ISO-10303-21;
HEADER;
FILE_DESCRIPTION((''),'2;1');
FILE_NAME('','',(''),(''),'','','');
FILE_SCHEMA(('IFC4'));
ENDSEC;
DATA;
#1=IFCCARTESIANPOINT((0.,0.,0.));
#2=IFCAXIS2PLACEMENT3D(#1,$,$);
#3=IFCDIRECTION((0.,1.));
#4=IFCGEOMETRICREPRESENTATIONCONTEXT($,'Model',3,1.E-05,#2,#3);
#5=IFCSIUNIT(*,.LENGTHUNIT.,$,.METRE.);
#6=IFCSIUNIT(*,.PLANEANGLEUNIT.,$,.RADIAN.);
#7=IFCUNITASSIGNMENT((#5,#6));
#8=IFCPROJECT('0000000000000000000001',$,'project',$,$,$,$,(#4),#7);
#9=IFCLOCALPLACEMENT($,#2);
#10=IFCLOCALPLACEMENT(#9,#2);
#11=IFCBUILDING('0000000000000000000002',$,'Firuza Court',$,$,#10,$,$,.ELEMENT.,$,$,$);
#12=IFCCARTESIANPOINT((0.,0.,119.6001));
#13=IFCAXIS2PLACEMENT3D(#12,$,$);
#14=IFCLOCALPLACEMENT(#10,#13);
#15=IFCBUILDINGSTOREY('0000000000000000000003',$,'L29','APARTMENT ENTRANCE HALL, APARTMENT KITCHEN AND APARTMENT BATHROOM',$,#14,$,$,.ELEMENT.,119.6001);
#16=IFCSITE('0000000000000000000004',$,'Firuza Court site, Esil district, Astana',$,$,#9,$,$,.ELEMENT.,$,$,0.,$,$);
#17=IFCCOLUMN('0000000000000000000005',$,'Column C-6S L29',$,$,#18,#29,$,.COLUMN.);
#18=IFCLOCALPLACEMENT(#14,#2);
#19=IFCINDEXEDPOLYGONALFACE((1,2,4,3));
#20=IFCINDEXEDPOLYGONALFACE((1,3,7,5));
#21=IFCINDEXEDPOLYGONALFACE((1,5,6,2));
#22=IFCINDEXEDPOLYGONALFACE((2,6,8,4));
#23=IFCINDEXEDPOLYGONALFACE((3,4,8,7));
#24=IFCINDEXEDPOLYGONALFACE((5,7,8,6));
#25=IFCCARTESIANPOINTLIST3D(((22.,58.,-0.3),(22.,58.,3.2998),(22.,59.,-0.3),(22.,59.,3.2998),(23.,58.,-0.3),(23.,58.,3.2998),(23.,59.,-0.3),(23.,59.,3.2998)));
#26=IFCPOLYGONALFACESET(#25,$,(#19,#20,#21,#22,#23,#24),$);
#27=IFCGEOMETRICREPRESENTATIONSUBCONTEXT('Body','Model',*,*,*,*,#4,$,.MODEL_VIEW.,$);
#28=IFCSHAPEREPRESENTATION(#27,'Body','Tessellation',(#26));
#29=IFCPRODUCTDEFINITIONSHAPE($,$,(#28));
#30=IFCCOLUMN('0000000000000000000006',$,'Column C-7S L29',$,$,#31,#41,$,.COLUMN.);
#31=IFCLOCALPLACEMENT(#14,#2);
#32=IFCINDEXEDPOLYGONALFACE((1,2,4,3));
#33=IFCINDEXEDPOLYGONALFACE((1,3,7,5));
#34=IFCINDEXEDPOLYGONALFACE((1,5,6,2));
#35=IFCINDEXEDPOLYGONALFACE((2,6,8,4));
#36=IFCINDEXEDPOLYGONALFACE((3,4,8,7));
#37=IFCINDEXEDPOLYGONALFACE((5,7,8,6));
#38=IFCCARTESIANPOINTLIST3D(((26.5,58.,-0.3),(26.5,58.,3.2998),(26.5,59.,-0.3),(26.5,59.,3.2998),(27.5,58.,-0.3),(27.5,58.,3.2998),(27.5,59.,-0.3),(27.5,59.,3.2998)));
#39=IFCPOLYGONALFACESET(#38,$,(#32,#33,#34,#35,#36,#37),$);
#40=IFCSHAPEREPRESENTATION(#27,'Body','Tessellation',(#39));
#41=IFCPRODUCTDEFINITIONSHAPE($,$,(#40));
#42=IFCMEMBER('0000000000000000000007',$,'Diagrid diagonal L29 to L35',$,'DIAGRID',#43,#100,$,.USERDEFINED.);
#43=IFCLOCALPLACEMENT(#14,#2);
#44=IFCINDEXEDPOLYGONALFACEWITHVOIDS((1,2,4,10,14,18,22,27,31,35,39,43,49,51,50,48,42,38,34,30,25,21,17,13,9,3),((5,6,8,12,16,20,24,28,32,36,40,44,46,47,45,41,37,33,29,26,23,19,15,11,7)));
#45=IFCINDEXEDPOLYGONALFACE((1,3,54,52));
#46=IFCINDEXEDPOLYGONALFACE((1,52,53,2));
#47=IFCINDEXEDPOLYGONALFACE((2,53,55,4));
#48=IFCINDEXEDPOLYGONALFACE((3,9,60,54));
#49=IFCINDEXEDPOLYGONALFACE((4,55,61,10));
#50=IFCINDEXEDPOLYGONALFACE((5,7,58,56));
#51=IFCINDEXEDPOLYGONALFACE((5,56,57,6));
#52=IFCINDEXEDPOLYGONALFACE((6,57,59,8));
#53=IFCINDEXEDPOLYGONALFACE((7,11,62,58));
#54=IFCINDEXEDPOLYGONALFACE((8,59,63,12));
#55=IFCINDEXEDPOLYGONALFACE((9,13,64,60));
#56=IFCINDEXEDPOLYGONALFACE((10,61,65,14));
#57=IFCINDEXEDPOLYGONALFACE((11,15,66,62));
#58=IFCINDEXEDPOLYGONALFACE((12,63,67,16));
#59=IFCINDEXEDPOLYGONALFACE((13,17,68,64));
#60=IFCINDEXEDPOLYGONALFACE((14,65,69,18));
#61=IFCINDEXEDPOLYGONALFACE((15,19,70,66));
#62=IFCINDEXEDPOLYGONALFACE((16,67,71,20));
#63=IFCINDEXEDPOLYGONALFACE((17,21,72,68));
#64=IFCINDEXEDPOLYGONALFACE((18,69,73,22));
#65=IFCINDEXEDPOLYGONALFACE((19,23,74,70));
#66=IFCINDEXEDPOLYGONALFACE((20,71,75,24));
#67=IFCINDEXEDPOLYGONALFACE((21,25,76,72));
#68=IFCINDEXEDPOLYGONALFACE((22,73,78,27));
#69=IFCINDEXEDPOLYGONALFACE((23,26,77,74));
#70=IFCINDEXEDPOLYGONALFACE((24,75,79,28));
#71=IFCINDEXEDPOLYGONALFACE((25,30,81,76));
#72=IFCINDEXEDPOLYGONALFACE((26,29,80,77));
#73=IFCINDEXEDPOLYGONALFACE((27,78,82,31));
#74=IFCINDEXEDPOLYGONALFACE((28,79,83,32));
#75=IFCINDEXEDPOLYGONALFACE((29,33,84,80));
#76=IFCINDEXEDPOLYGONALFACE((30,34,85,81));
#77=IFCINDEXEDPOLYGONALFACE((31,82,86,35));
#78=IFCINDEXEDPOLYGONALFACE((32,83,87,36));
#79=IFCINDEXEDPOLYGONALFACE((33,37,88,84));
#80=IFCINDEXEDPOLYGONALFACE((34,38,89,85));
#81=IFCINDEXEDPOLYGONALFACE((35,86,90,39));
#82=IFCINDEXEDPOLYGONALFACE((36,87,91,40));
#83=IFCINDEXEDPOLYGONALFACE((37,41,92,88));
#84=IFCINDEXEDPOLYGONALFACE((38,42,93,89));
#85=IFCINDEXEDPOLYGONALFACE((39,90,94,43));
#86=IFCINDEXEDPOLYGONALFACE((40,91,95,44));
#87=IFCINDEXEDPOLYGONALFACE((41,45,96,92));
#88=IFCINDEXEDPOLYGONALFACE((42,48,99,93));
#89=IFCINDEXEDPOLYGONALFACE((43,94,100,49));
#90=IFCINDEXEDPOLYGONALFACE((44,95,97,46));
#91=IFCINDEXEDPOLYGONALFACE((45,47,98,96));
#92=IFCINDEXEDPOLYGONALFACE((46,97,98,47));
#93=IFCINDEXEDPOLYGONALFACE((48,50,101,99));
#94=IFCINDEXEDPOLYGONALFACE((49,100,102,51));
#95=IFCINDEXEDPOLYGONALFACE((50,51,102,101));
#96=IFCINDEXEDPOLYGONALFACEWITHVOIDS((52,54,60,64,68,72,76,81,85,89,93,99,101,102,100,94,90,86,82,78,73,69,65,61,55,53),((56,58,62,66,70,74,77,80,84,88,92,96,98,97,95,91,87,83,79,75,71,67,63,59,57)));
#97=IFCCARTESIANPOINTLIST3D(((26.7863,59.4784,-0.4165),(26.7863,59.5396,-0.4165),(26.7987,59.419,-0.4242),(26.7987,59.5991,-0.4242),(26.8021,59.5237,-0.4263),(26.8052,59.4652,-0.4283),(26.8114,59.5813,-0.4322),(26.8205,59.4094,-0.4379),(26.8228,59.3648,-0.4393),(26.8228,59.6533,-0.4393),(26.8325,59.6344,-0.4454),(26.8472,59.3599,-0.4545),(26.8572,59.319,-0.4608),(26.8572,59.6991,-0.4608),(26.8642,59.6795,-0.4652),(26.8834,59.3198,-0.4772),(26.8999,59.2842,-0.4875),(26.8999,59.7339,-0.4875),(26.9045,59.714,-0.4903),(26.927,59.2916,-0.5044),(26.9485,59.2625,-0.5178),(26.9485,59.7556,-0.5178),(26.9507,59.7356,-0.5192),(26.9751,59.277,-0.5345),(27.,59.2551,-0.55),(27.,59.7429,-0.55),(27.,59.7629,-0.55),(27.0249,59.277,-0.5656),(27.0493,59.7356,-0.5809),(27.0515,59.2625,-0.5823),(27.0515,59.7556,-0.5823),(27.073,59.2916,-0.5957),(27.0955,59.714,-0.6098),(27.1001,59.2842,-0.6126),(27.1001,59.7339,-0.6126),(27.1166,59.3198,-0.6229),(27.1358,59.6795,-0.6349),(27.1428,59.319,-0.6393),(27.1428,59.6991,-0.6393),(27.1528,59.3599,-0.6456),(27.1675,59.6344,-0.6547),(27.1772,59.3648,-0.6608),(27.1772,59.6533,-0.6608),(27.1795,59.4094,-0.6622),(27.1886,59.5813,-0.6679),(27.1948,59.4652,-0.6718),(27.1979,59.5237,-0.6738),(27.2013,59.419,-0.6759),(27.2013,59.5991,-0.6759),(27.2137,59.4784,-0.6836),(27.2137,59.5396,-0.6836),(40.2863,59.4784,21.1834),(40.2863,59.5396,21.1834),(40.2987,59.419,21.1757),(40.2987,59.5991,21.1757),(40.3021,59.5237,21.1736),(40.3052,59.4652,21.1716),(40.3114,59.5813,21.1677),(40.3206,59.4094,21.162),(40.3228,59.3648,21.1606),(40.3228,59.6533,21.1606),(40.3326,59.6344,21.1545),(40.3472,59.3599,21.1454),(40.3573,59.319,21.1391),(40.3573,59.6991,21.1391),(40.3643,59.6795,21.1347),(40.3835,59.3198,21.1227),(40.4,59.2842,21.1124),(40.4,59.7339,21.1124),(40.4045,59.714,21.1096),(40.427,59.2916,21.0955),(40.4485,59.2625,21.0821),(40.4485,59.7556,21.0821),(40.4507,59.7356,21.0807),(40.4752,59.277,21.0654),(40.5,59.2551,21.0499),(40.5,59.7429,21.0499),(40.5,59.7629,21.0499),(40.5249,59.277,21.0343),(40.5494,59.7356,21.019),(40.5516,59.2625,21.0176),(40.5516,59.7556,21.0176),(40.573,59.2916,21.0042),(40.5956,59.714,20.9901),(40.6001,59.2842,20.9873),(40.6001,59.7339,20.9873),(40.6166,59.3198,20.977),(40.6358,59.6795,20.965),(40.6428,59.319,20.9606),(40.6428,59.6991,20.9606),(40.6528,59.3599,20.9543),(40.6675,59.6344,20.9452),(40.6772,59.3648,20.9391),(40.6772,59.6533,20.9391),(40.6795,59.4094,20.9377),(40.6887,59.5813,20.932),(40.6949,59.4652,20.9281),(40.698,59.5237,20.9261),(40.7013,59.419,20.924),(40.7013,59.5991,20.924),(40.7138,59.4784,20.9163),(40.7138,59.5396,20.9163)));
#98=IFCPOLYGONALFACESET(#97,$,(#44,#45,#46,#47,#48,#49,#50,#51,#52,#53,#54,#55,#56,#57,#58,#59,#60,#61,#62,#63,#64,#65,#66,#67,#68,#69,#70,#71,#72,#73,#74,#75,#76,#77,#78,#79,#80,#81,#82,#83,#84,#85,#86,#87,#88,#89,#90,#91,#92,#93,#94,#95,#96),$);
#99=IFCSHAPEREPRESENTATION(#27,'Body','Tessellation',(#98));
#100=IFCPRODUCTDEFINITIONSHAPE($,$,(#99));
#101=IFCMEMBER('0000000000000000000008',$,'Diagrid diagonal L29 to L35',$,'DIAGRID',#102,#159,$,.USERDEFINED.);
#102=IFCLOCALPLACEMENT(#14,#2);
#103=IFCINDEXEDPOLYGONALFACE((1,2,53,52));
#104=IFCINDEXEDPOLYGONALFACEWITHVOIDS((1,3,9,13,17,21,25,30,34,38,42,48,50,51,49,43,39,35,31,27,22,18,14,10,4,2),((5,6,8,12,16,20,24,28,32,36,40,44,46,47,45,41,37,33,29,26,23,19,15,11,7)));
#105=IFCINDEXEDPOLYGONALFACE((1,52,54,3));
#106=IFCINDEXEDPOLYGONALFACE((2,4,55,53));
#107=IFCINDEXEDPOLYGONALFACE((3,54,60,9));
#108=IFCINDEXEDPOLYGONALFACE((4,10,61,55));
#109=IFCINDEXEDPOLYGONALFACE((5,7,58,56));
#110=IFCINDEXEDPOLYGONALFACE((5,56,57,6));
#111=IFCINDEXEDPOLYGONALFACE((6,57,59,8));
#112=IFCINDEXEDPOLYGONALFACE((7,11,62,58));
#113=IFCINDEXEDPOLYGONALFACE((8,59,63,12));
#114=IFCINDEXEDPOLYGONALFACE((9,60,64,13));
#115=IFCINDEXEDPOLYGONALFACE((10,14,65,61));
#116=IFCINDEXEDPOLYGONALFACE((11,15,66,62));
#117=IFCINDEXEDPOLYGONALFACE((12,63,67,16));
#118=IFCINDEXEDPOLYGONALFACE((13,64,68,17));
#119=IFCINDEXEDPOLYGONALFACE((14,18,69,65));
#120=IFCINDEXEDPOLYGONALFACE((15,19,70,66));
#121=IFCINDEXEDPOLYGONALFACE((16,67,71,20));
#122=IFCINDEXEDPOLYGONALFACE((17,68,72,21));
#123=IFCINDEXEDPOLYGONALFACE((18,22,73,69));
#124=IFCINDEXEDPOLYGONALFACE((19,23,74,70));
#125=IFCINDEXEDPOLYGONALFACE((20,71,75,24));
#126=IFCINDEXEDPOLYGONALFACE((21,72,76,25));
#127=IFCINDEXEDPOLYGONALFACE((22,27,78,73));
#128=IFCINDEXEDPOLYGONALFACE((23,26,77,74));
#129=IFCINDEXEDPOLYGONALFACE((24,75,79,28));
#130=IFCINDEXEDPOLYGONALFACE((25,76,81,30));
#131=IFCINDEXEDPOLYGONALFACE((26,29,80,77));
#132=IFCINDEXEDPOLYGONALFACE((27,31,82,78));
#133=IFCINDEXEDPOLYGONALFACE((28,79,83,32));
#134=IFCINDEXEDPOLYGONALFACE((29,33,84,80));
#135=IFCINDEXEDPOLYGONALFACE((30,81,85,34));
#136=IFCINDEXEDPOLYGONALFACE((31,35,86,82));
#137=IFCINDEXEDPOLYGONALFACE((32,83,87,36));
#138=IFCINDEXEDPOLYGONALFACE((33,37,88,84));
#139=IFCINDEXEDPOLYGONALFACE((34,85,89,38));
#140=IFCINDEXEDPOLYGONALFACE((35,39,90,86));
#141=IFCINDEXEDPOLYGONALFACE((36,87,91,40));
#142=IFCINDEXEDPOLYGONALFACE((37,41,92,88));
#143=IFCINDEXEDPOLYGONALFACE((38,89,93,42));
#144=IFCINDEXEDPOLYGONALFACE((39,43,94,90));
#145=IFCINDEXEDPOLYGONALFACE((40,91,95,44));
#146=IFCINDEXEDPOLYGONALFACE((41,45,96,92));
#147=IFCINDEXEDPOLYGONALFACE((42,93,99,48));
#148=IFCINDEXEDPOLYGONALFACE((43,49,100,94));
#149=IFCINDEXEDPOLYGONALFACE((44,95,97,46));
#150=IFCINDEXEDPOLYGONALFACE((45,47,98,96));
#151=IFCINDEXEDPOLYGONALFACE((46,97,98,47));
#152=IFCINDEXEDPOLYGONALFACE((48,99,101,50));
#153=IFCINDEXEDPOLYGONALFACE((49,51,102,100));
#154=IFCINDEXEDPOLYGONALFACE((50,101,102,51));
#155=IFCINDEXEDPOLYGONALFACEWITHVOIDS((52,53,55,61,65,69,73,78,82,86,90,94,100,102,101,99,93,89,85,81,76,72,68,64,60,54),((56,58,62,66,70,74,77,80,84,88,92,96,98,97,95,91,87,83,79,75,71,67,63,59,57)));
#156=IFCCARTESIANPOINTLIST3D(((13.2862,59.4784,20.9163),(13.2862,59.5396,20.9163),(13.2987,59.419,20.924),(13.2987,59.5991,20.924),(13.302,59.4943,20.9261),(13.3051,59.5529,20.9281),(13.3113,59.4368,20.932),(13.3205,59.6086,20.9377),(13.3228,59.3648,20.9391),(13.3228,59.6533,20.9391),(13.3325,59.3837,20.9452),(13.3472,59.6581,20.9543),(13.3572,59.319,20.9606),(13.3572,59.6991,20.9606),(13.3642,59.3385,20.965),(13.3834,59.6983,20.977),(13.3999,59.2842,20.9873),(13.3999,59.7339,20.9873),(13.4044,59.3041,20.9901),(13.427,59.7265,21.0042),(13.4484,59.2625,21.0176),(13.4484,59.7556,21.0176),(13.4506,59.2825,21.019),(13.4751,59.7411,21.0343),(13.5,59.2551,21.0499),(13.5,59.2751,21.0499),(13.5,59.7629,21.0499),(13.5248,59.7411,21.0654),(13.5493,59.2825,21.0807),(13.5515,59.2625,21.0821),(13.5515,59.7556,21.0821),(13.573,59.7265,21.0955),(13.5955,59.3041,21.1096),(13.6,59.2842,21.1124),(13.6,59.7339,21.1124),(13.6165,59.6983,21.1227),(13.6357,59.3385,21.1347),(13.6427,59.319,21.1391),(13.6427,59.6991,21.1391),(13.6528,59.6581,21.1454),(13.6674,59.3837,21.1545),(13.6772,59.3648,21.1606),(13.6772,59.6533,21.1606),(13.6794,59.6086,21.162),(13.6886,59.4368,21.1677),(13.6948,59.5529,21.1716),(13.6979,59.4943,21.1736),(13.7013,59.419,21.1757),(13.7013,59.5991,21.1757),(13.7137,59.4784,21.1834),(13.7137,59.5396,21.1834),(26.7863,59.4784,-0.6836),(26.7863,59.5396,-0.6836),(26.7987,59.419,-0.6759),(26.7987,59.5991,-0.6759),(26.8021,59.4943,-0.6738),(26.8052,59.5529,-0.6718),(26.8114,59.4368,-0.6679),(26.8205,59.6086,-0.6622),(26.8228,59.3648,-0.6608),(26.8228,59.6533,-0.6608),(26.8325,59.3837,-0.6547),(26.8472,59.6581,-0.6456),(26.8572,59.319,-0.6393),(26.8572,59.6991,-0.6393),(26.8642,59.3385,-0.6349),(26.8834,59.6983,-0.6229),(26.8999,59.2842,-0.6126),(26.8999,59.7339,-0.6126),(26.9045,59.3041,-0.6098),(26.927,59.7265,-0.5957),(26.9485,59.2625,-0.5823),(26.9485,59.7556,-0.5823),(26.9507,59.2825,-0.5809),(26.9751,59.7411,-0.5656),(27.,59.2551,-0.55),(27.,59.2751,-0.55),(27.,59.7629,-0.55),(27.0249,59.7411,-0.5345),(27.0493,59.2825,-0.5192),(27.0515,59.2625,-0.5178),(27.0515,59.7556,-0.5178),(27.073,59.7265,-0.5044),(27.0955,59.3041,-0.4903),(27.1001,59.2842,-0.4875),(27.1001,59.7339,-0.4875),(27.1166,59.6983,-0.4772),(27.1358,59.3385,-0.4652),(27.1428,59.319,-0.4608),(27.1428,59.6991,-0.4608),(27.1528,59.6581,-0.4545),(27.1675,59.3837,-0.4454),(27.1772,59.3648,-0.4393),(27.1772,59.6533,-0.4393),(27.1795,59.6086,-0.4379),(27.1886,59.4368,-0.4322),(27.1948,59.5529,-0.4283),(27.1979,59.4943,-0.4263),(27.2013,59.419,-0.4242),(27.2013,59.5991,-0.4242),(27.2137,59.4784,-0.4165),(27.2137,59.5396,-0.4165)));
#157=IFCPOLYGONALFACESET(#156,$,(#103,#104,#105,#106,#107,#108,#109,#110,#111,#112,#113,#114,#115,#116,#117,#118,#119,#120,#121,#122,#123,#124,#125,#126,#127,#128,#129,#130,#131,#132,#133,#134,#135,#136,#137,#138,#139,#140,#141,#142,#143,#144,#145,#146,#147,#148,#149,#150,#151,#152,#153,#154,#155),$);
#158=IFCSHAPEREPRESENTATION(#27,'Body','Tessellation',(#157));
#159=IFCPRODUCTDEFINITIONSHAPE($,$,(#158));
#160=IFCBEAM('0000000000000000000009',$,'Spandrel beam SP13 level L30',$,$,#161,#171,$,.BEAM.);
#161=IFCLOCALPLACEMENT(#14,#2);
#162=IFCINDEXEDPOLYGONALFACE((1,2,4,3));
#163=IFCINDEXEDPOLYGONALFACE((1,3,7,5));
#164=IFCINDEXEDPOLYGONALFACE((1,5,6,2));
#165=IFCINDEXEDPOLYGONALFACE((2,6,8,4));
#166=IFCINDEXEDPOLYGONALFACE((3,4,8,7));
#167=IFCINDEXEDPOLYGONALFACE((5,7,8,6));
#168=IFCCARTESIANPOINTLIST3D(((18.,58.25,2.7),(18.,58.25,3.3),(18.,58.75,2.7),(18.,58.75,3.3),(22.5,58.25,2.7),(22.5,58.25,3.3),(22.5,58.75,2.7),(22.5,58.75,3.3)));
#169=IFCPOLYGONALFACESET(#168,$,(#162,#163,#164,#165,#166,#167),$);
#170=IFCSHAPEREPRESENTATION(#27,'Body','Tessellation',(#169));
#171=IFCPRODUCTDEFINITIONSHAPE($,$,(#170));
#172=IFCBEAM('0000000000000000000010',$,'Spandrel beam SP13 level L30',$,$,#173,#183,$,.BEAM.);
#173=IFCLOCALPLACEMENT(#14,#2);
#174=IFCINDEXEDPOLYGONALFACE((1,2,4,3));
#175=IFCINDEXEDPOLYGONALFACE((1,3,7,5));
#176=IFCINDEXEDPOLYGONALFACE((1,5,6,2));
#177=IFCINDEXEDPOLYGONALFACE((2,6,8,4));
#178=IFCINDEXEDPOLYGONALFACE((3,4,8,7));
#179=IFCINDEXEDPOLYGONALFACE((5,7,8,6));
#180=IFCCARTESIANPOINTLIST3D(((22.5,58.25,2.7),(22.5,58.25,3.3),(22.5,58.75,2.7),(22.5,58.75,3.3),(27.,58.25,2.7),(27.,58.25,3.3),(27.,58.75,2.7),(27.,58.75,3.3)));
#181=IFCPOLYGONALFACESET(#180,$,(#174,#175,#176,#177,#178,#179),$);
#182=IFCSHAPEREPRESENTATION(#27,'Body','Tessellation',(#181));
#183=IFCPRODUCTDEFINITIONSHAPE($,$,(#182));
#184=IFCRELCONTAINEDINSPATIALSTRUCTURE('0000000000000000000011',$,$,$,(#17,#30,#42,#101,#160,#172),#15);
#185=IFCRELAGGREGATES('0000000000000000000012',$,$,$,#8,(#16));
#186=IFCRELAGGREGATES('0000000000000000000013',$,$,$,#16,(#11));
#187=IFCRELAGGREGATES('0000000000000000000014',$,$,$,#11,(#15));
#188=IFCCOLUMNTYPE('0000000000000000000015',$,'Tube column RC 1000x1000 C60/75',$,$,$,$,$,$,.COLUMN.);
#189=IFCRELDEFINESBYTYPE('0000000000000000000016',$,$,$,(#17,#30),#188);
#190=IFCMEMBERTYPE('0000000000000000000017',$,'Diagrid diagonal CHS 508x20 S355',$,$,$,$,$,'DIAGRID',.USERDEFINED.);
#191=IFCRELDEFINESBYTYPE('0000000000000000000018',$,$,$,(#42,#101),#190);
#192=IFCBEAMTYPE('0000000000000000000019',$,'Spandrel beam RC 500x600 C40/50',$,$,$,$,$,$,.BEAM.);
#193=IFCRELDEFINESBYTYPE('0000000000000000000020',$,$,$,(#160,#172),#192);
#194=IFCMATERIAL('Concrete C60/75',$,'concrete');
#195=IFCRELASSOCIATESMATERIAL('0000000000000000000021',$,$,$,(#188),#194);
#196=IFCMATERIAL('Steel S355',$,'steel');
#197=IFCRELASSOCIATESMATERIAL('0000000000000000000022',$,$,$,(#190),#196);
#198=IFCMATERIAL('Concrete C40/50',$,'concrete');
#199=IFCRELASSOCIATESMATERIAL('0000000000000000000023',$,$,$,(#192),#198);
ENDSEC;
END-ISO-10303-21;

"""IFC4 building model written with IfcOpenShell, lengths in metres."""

from ifc_helpers import new_model, si_unit, direction, frame, origin, origin_2d, place, context, subcontext, project, spatial, rectangle, hollow_circle, extrude, material, material_profile, profile_set, type_object, element, save


model = new_model("IFC4")

# Units and contexts
model_context = context("Model", 3, precision=1e-05, world=origin(), true_north=direction((0.0, 1.0)))
body_context = subcontext(model_context, "Body", "Model", "MODEL_VIEW")
ifc_project = project(units=[si_unit("LENGTHUNIT", "METRE"), si_unit("PLANEANGLEUNIT", "RADIAN")], contexts=[model_context])

# Site, building, storey
site_placement = place(None, origin())
site = spatial("IfcSite", under=ifc_project, at=site_placement, Name="Firuza Court site, Esil district, Astana", CompositionType="ELEMENT", RefElevation=0.0)
building_placement = place(site_placement, origin())
building = spatial("IfcBuilding", under=site, at=building_placement, Name="Firuza Court", CompositionType="ELEMENT")
storey_placement = place(building_placement, frame((0.0, 0.0, 119.6001)))
storey = spatial("IfcBuildingStorey", under=building, at=storey_placement, Name="L29", Description="APARTMENT ENTRANCE HALL, APARTMENT KITCHEN AND APARTMENT BATHROOM", CompositionType="ELEMENT", Elevation=119.6001)

# Columns
ifc_material_1 = material(Name="Concrete C60/75", Category="concrete")
ifc_material_profile_1 = material_profile(ifc_material_1, rectangle(XDim=1.0, YDim=1.0, at=origin_2d()), Name="RC 1000x1000")
ifc_profile_set_1 = profile_set([ifc_material_profile_1], Name="Concrete C60/75")
column_type = type_object("IfcColumnType", Name="Tube column RC 1000x1000 C60/75", PredefinedType="COLUMN", material=ifc_profile_set_1)
for number, where, z_axis, x_axis, name in (
    (1, (22.5, 58.5, -0.3), (0.0, 0.0, 1.0), (1.0, 0.0, 0.0), "Column C-6S L29"),
    (2, (27.0, 58.5, -0.3), (0.0, 0.0, 1.0), (1.0, 0.0, 0.0), "Column C-7S L29"),
):
    element("IfcColumn", number, at=place(storey_placement, frame(where, z_axis=z_axis, x_axis=x_axis)), inside=storey, type_object=column_type, Name=name, PredefinedType="COLUMN", context=body_context, shape_type="SweptSolid", body=[
        extrude(rectangle(XDim=1.0, YDim=1.0, at=origin_2d()), origin(), (0.0, 0.0, 1.0), 3.5999),
    ])

# Members
ifc_material_2 = material(Name="Steel S355", Category="steel")
ifc_material_profile_2 = material_profile(ifc_material_2, hollow_circle(Radius=0.2539, WallThickness=0.02, at=origin_2d()), Name="CHS 508x20")
ifc_profile_set_2 = profile_set([ifc_material_profile_2], Name="Steel S355")
member_type = type_object("IfcMemberType", Name="Diagrid diagonal CHS 508x20 S355", ElementType="DIAGRID", PredefinedType="USERDEFINED", material=ifc_profile_set_2)
for number, where, z_axis, x_axis, name in (
    (3, (27.0, 59.509, -0.55), (0.530002, 0.0, 0.847997), (0.0, 1.0, 0.0), "Diagrid diagonal L29 to L35"),
    (4, (27.0, 59.509, -0.55), (-0.530002, 0.0, 0.847997), (0.0, -1.0, 0.0), "Diagrid diagonal L29 to L35"),
):
    element("IfcMember", number, at=place(storey_placement, frame(where, z_axis=z_axis, x_axis=x_axis)), inside=storey, type_object=member_type, Name=name, ObjectType="DIAGRID", PredefinedType="USERDEFINED", context=body_context, shape_type="SweptSolid", body=[
        extrude(hollow_circle(Radius=0.2539, WallThickness=0.02, at=origin_2d()), origin(), (0.0, 0.0, 1.0), 25.4717),
    ])

# Beams
ifc_material_3 = material(Name="Concrete C40/50", Category="concrete")
ifc_material_profile_3 = material_profile(ifc_material_3, rectangle(XDim=0.5, YDim=0.6001, at=origin_2d()), Name="RC 500x600")
ifc_profile_set_3 = profile_set([ifc_material_profile_3], Name="Concrete C40/50")
beam_type = type_object("IfcBeamType", Name="Spandrel beam RC 500x600 C40/50", PredefinedType="BEAM", material=ifc_profile_set_3)
for number, where, z_axis, x_axis, name in (
    (5, (22.5, 58.5, 3.0), (-1.0, 0.0, 0.0), (0.0, -1.0, 0.0), "Spandrel beam SP13 level L30"),
    (6, (27.0, 58.5, 3.0), (-1.0, 0.0, 0.0), (0.0, -1.0, 0.0), "Spandrel beam SP13 level L30"),
):
    element("IfcBeam", number, at=place(storey_placement, frame(where, z_axis=z_axis, x_axis=x_axis)), inside=storey, type_object=beam_type, Name=name, PredefinedType="BEAM", context=body_context, shape_type="SweptSolid", body=[
        extrude(rectangle(XDim=0.5, YDim=0.6001, at=origin_2d()), origin(), (0.0, 0.0, 1.0), 4.5),
    ])

save(model, "model.ifc")
